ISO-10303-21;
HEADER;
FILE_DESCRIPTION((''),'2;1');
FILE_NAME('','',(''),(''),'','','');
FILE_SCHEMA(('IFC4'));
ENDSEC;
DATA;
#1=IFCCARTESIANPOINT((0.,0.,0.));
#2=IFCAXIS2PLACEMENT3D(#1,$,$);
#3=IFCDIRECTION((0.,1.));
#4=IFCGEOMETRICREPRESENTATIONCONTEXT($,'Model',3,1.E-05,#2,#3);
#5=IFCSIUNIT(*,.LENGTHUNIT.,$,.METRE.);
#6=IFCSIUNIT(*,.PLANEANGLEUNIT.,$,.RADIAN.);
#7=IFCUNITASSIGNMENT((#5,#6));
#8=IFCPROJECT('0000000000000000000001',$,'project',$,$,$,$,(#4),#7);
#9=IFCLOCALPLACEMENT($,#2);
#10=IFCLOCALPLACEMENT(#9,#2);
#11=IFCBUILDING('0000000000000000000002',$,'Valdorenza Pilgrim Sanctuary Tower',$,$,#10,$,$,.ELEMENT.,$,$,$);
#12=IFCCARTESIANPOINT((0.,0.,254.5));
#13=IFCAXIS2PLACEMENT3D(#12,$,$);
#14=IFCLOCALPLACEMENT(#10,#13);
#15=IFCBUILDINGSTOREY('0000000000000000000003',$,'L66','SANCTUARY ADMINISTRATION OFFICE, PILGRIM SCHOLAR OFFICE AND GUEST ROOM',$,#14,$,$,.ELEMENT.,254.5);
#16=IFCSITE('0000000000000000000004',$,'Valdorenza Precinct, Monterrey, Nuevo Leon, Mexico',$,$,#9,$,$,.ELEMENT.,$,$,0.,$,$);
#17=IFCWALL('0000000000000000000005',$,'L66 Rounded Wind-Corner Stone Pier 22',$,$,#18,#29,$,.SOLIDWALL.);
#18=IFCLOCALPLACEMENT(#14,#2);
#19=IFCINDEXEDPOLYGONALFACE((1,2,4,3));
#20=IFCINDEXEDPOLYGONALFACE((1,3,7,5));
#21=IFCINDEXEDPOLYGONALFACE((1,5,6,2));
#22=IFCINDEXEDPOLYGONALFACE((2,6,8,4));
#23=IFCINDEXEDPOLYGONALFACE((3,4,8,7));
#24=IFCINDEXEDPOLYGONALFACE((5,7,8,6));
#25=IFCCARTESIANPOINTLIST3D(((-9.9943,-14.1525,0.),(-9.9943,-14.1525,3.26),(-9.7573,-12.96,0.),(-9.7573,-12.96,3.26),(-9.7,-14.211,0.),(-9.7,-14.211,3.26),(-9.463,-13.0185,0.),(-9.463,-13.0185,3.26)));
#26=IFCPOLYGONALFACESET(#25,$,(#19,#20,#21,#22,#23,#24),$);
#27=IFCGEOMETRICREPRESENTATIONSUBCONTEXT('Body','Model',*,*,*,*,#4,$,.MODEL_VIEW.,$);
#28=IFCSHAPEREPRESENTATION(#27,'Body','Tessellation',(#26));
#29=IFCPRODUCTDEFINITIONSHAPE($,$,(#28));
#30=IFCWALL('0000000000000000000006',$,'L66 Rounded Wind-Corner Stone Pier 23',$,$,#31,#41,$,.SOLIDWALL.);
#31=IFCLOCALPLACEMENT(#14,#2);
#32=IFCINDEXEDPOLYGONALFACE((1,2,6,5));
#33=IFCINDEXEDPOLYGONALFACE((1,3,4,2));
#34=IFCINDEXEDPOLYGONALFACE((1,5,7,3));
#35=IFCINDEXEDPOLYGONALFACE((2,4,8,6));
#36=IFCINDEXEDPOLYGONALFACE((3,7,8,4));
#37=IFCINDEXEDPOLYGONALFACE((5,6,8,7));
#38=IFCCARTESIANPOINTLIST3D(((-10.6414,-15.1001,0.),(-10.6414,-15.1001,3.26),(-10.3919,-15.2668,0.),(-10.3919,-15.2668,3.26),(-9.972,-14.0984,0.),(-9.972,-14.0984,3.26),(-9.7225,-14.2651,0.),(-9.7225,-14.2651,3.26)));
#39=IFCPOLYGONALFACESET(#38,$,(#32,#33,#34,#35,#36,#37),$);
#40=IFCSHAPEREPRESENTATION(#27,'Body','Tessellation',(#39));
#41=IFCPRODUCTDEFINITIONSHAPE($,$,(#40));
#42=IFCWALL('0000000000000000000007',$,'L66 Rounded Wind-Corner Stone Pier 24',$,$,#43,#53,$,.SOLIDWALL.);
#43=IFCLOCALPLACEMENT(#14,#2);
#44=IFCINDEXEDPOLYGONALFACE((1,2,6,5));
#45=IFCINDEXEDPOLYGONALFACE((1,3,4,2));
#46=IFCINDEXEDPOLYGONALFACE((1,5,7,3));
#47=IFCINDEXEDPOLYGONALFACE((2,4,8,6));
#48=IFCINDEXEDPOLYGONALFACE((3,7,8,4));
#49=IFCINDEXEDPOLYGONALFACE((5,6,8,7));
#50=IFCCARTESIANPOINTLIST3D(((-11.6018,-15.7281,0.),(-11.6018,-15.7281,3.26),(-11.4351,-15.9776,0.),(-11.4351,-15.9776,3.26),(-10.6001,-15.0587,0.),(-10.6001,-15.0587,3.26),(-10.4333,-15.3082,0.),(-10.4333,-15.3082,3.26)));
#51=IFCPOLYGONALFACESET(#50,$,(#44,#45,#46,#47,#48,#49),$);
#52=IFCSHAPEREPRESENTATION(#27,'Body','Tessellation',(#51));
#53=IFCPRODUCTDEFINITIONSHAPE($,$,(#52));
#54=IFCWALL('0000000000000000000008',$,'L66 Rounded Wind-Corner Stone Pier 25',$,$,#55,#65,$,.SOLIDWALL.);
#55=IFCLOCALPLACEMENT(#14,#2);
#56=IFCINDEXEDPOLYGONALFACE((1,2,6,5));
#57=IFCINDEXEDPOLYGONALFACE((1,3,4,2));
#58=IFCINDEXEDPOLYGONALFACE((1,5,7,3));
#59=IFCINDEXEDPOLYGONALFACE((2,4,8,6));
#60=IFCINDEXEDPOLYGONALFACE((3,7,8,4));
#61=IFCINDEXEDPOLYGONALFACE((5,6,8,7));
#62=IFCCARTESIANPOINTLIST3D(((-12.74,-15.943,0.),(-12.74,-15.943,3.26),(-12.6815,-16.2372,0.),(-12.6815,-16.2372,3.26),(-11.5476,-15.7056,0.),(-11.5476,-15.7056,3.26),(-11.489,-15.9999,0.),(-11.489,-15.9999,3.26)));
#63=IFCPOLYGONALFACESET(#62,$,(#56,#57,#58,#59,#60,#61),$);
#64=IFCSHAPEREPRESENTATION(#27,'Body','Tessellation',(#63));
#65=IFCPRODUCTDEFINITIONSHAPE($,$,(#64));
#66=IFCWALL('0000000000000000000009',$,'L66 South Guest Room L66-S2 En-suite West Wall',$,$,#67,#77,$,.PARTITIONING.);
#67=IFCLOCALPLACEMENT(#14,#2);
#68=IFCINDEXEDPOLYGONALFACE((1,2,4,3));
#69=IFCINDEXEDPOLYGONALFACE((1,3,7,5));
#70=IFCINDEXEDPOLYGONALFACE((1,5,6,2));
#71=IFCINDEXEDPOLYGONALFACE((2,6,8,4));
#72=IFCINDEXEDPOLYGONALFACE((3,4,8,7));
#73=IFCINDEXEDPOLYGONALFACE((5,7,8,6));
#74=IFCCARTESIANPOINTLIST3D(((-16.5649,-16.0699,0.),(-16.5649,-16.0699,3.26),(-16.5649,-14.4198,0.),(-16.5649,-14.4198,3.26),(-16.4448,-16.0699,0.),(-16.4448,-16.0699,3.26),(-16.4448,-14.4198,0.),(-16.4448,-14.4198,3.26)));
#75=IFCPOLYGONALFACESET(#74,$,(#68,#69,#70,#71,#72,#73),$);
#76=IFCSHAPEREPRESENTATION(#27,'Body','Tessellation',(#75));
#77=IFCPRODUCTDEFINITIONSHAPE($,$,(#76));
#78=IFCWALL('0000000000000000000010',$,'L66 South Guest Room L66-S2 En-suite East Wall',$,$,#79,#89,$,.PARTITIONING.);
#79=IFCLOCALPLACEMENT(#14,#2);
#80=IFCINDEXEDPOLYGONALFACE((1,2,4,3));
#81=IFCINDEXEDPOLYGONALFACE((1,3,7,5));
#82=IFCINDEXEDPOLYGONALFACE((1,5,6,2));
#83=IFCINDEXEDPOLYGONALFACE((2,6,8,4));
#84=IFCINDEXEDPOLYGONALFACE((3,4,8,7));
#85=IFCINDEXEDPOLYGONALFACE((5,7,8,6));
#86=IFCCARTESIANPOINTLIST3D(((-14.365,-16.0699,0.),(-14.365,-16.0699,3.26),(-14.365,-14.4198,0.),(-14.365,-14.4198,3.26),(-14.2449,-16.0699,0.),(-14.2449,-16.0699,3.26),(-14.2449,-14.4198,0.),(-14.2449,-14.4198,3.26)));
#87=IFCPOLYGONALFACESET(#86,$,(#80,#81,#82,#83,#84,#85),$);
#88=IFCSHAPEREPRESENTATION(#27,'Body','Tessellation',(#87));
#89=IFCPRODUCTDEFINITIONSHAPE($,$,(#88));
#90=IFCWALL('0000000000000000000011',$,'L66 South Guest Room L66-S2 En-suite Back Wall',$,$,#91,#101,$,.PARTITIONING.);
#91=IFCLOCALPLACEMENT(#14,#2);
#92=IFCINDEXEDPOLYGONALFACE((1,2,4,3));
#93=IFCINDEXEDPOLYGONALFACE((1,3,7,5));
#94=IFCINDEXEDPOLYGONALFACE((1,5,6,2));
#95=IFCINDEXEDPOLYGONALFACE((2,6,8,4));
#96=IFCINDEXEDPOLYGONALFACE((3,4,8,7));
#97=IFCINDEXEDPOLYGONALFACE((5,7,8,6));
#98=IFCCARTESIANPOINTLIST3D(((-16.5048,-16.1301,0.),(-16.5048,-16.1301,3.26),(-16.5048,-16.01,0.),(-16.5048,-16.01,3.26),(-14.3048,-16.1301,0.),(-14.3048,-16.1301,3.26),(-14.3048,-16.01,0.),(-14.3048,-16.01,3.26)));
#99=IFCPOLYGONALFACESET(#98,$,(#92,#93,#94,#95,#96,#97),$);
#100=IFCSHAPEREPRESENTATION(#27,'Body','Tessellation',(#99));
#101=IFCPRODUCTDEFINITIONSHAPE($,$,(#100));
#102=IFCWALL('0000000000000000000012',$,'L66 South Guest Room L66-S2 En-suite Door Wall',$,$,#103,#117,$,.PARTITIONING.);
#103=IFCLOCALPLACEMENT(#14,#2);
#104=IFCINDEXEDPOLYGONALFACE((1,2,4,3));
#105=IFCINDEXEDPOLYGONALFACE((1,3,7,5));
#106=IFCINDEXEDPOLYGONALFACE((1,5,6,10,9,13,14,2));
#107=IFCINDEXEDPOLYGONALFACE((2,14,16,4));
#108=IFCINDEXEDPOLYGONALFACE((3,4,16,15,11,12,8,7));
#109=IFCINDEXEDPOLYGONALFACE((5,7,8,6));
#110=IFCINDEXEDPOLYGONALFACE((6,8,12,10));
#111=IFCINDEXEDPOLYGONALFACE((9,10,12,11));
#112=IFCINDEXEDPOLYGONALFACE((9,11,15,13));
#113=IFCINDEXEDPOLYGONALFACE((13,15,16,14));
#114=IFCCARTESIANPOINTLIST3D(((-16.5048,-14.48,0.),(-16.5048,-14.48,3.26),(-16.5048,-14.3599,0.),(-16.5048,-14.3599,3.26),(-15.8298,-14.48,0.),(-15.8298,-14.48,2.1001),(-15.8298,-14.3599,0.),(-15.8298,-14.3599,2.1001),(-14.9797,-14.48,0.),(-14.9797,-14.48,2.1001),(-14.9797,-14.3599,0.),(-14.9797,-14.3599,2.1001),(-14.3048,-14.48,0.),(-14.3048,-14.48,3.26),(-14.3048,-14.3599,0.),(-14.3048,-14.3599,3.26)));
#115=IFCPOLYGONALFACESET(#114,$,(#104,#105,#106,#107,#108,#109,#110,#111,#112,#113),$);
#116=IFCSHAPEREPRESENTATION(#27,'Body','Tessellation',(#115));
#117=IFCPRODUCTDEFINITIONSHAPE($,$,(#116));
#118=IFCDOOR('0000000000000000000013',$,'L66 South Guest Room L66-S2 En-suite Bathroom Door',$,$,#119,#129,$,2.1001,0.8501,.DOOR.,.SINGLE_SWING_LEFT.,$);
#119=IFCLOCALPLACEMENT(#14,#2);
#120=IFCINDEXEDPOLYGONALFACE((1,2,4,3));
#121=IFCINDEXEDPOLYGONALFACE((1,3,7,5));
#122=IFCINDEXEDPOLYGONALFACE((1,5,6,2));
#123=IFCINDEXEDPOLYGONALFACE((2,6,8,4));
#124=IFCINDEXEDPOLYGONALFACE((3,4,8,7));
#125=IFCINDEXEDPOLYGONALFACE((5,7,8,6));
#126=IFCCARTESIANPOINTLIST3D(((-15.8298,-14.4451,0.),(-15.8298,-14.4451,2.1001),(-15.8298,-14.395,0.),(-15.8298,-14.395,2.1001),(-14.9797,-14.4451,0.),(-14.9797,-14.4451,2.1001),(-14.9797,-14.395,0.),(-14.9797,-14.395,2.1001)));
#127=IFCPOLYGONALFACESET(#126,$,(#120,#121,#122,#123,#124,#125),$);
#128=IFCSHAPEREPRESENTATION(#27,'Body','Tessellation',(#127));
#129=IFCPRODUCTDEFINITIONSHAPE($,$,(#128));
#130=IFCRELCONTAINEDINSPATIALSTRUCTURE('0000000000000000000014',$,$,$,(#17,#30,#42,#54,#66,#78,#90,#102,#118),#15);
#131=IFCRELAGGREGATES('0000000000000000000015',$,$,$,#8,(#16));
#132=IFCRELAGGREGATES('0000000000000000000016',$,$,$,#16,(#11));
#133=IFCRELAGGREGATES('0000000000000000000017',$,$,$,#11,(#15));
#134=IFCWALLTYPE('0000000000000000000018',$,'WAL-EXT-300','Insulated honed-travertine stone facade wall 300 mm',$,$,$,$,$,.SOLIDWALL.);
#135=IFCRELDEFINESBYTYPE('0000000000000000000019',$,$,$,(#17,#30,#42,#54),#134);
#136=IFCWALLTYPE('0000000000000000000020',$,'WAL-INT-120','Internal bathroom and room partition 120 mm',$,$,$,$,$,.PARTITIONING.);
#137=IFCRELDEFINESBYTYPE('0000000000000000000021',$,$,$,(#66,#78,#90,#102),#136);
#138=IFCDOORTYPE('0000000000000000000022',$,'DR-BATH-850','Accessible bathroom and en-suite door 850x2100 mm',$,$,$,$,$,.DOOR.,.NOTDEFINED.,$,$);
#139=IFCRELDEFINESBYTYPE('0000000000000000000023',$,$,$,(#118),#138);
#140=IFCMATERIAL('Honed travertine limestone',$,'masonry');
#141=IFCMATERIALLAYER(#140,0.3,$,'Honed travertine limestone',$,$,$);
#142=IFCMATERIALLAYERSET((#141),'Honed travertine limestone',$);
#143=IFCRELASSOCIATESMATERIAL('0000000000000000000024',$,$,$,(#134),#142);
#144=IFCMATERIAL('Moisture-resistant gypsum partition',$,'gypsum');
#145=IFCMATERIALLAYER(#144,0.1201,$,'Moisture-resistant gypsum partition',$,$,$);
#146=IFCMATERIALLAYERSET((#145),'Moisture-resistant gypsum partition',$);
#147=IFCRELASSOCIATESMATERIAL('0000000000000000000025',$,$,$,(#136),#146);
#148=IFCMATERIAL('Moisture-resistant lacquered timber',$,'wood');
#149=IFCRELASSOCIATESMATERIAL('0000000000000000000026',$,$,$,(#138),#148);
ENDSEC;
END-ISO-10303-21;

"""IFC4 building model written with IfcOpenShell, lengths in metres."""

from ifc_helpers import new_model, si_unit, direction, frame, frame_2d, origin, place, context, subcontext, project, spatial, rectangle, extrude, material, layer, layer_set, type_object, element, fill, save


model = new_model("IFC4")

# Units and contexts
model_context = context("Model", 3, precision=1e-05, world=origin(), true_north=direction((0.0, 1.0)))
body_context = subcontext(model_context, "Body", "Model", "MODEL_VIEW")
ifc_project = project(units=[si_unit("LENGTHUNIT", "METRE"), si_unit("PLANEANGLEUNIT", "RADIAN")], contexts=[model_context])

# Site, building, storey
site_placement = place(None, origin())
site = spatial("IfcSite", under=ifc_project, at=site_placement, Name="Valdorenza Precinct, Monterrey, Nuevo Leon, Mexico", CompositionType="ELEMENT", RefElevation=0.0)
building_placement = place(site_placement, origin())
building = spatial("IfcBuilding", under=site, at=building_placement, Name="Valdorenza Pilgrim Sanctuary Tower", CompositionType="ELEMENT")
storey_placement = place(building_placement, frame((0.0, 0.0, 254.5)))
storey = spatial("IfcBuildingStorey", under=building, at=storey_placement, Name="L66", Description="SANCTUARY ADMINISTRATION OFFICE, PILGRIM SCHOLAR OFFICE AND GUEST ROOM", CompositionType="ELEMENT", Elevation=254.5)

# Shared definitions
ifc_material_1 = material(Name="Honed travertine limestone", Category="masonry")

# Walls
ifc_layer_1 = layer(ifc_material_1, 0.3, Name="Honed travertine limestone")
ifc_layer_set_1 = layer_set([ifc_layer_1], Name="Honed travertine limestone")
wall_type_1 = type_object("IfcWallType", Name="WAL-EXT-300", Description="Insulated honed-travertine stone facade wall 300 mm", PredefinedType="SOLIDWALL", material=ifc_layer_set_1)
wall_1_placement = place(storey_placement, frame((-9.6101, -12.9893, 0.0), z_axis=(0.0, 0.0, 1.0), x_axis=(-0.194996, -0.980804, 0.0)))
element("IfcWall", 1, at=wall_1_placement, inside=storey, type_object=wall_type_1, Name="L66 Rounded Wind-Corner Stone Pier 22", PredefinedType="SOLIDWALL", context=body_context, shape_type="SweptSolid", body=[
    extrude(rectangle(XDim=1.2158, YDim=0.3, at=frame_2d((0.6079, 0.0))), origin(), (0.0, 0.0, 1.0), 3.26),
])
for number, where, z_axis, x_axis, name in (
    (2, (-9.8472, -14.1816, 0.0), (0.0, 0.0, 1.0), (-0.555635, -0.831426, 0.0), "L66 Rounded Wind-Corner Stone Pier 23"),
    (3, (-10.5166, -15.1833, 0.0), (0.0, 0.0, 1.0), (-0.831426, -0.555635, 0.0), "L66 Rounded Wind-Corner Stone Pier 24"),
):
    element("IfcWall", number, at=place(storey_placement, frame(where, z_axis=z_axis, x_axis=x_axis)), inside=storey, type_object=wall_type_1, Name=name, PredefinedType="SOLIDWALL", context=body_context, shape_type="SweptSolid", body=[
        extrude(rectangle(XDim=1.2048, YDim=0.3, at=frame_2d((0.6025, 0.0))), origin(), (0.0, 0.0, 1.0), 3.26),
    ])
wall_2_placement = place(storey_placement, frame((-11.5183, -15.8528, 0.0), z_axis=(0.0, 0.0, 1.0), x_axis=(-0.980766, -0.195189, 0.0)))
element("IfcWall", 4, at=wall_2_placement, inside=storey, type_object=wall_type_1, Name="L66 Rounded Wind-Corner Stone Pier 25", PredefinedType="SOLIDWALL", context=body_context, shape_type="SweptSolid", body=[
    extrude(rectangle(XDim=1.2158, YDim=0.3, at=frame_2d((0.6079, 0.0))), origin(), (0.0, 0.0, 1.0), 3.26),
])
ifc_material_2 = material(Name="Moisture-resistant gypsum partition", Category="gypsum")
ifc_layer_2 = layer(ifc_material_2, 0.1201, Name="Moisture-resistant gypsum partition")
ifc_layer_set_2 = layer_set([ifc_layer_2], Name="Moisture-resistant gypsum partition")
wall_type_2 = type_object("IfcWallType", Name="WAL-INT-120", Description="Internal bathroom and room partition 120 mm", PredefinedType="PARTITIONING", material=ifc_layer_set_2)
for number, where, z_axis, x_axis, name in (
    (5, (-16.5049, -16.0701, 0.0), (0.0, 0.0, 1.0), (0.0, 1.0, 0.0), "L66 South Guest Room L66-S2 En-suite West Wall"),
    (6, (-14.3049, -16.0701, 0.0), (0.0, 0.0, 1.0), (0.0, 1.0, 0.0), "L66 South Guest Room L66-S2 En-suite East Wall"),
):
    element("IfcWall", number, at=place(storey_placement, frame(where, z_axis=z_axis, x_axis=x_axis)), inside=storey, type_object=wall_type_2, Name=name, PredefinedType="PARTITIONING", context=body_context, shape_type="SweptSolid", body=[
        extrude(rectangle(XDim=1.6501, YDim=0.1201, at=frame_2d((0.8252, 0.0))), origin(), (0.0, 0.0, 1.0), 3.26),
    ])
wall_3_placement = place(storey_placement, frame((-16.5049, -16.0701, 0.0), z_axis=(0.0, 0.0, 1.0), x_axis=(1.0, 0.0, 0.0)))
element("IfcWall", 7, at=wall_3_placement, inside=storey, type_object=wall_type_2, Name="L66 South Guest Room L66-S2 En-suite Back Wall", PredefinedType="PARTITIONING", context=body_context, shape_type="SweptSolid", body=[
    extrude(rectangle(XDim=2.2, YDim=0.1201, at=frame_2d((1.1001, 0.0))), origin(), (0.0, 0.0, 1.0), 3.26),
])

# Wall, opening, door
wall_4_placement = place(storey_placement, frame((-16.5049, -14.4199, 0.0), z_axis=(0.0, 0.0, 1.0), x_axis=(1.0, 0.0, 0.0)))
wall_4 = element("IfcWall", 8, at=wall_4_placement, inside=storey, type_object=wall_type_2, Name="L66 South Guest Room L66-S2 En-suite Door Wall", PredefinedType="PARTITIONING", context=body_context, shape_type="SweptSolid", body=[
    extrude(rectangle(XDim=2.2, YDim=0.1201, at=frame_2d((1.1001, 0.0))), origin(), (0.0, 0.0, 1.0), 3.26),
])
opening_placement = place(wall_4_placement, frame((0.675, 0.0, 0.0)))
opening = element("IfcOpeningElement", 9, at=opening_placement, cuts=wall_4, PredefinedType="OPENING", context=body_context, shape_type="SweptSolid", body=[
    extrude(rectangle(XDim=0.8501, YDim=2.1001, at=frame_2d((0.425, 1.05))), frame((0.0, 0.075, 0.0), z_axis=(0.0, -1.0, 0.0), x_axis=(1.0, 0.0, 0.0)), (0.0, 0.0, 1.0), 0.1499),
])
ifc_material_3 = material(Name="Moisture-resistant lacquered timber", Category="wood")
door_type = type_object("IfcDoorType", Name="DR-BATH-850", Description="Accessible bathroom and en-suite door 850x2100 mm", OperationType="NOTDEFINED", PredefinedType="DOOR", material=ifc_material_3)
door_placement = place(opening_placement, origin())
door = element("IfcDoor", 10, at=door_placement, inside=storey, type_object=door_type, Name="L66 South Guest Room L66-S2 En-suite Bathroom Door", OperationType="SINGLE_SWING_LEFT", OverallHeight=2.1001, OverallWidth=0.8501, PredefinedType="DOOR", context=body_context, shape_type="SweptSolid", body=[
    extrude(rectangle(XDim=0.8501, YDim=2.1001, at=frame_2d((0.425, 1.05))), frame((0.0, 0.0249, 0.0), z_axis=(0.0, -1.0, 0.0), x_axis=(1.0, 0.0, 0.0)), (0.0, 0.0, 1.0), 0.05),
])
fill(opening, door)

save(model, "model.ifc")
